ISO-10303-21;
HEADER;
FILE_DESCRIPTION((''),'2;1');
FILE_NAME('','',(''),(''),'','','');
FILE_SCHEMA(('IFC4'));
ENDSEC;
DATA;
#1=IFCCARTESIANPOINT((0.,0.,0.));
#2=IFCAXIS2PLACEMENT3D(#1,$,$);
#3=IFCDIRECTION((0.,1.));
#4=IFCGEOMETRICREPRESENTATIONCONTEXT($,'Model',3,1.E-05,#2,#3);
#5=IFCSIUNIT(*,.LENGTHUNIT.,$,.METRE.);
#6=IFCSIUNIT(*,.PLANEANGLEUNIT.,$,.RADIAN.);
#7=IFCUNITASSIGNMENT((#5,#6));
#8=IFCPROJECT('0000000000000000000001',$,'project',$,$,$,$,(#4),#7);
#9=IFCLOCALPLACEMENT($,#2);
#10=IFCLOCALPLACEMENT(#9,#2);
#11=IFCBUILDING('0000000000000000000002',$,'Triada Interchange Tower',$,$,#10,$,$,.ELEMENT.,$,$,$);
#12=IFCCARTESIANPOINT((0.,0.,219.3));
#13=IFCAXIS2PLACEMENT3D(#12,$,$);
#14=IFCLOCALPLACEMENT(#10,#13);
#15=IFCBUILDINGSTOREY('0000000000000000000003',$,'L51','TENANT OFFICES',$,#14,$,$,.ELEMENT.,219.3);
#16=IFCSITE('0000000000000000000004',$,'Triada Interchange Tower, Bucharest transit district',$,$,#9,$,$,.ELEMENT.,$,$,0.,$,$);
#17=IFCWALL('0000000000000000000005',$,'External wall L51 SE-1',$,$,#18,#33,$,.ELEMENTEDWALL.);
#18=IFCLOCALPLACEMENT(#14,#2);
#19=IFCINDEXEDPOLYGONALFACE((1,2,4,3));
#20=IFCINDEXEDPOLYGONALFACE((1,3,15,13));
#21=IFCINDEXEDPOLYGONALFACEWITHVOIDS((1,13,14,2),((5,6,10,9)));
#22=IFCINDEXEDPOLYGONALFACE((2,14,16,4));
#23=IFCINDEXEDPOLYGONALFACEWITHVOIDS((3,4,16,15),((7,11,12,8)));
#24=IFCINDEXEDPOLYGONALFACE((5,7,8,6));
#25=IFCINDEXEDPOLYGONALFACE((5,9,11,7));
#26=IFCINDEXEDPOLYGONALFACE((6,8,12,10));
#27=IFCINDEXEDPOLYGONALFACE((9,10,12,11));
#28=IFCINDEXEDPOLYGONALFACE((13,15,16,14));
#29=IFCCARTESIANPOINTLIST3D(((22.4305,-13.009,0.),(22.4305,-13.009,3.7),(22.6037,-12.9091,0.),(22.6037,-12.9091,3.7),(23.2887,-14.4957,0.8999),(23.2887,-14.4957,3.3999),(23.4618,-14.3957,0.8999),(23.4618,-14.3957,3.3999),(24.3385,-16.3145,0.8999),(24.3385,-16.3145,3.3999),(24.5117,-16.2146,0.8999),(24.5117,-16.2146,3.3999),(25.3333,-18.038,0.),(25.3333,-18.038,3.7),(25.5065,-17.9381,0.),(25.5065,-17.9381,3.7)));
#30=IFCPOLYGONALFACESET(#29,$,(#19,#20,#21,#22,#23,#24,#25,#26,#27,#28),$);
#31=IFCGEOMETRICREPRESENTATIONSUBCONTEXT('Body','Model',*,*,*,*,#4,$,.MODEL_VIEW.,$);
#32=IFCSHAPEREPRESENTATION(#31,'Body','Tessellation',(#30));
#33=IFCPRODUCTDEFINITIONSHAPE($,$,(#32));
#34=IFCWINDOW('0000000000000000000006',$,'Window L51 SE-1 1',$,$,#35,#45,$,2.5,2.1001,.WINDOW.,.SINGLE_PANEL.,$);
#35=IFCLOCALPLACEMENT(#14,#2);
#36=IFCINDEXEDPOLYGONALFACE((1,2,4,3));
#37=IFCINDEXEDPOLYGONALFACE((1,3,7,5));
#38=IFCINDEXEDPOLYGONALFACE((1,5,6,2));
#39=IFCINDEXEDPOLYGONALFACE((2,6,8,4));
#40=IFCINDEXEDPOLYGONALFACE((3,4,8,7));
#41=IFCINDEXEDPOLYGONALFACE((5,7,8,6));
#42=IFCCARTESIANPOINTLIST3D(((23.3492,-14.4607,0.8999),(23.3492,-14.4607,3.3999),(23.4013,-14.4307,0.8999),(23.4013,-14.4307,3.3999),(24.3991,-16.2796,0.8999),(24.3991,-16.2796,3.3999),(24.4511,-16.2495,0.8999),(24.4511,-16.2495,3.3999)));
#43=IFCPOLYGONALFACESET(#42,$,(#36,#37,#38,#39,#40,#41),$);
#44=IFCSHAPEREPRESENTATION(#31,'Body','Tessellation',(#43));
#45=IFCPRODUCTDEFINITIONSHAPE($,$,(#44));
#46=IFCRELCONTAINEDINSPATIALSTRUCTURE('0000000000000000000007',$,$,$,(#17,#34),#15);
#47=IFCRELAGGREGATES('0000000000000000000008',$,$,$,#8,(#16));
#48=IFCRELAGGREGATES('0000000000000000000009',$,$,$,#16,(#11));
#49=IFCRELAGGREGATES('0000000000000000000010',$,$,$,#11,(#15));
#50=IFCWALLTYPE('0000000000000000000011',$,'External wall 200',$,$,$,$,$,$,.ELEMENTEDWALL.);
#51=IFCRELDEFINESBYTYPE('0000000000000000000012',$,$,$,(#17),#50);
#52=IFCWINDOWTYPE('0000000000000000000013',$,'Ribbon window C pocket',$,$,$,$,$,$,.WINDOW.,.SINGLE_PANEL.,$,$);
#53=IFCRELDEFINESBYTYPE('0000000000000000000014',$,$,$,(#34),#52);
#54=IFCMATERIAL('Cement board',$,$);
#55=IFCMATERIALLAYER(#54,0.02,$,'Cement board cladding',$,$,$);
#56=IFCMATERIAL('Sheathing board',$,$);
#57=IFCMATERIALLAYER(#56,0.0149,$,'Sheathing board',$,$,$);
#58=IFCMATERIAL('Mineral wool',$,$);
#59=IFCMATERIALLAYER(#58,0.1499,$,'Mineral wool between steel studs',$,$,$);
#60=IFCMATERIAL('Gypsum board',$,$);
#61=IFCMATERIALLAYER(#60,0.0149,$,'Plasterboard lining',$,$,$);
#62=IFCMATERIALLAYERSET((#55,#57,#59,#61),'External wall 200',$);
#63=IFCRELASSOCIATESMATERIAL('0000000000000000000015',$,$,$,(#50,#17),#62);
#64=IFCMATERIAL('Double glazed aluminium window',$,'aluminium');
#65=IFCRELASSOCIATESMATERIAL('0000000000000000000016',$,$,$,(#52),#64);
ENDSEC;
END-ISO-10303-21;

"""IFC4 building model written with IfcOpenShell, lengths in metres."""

from ifc_helpers import new_model, si_unit, direction, frame, frame_2d, origin, place, context, subcontext, project, spatial, rectangle, extrude, material, layer, layer_set, layer_usage, type_object, element, fill, save


model = new_model("IFC4")

# Units and contexts
model_context = context("Model", 3, precision=1e-05, world=origin(), true_north=direction((0.0, 1.0)))
body_context = subcontext(model_context, "Body", "Model", "MODEL_VIEW")
ifc_project = project(units=[si_unit("LENGTHUNIT", "METRE"), si_unit("PLANEANGLEUNIT", "RADIAN")], contexts=[model_context])

# Site, building, storey
site_placement = place(None, origin())
site = spatial("IfcSite", under=ifc_project, at=site_placement, Name="Triada Interchange Tower, Bucharest transit district", CompositionType="ELEMENT", RefElevation=0.0)
building_placement = place(site_placement, origin())
building = spatial("IfcBuilding", under=site, at=building_placement, Name="Triada Interchange Tower", CompositionType="ELEMENT")
storey_placement = place(building_placement, frame((0.0, 0.0, 219.3)))
storey = spatial("IfcBuildingStorey", under=building, at=storey_placement, Name="L51", Description="TENANT OFFICES", CompositionType="ELEMENT", Elevation=219.3)

# Wall, opening, window
ifc_material_1 = material(Name="Cement board")
ifc_layer_1 = layer(ifc_material_1, 0.02, Name="Cement board cladding")
ifc_material_2 = material(Name="Sheathing board")
ifc_layer_2 = layer(ifc_material_2, 0.0149, Name="Sheathing board")
ifc_material_3 = material(Name="Mineral wool")
ifc_layer_3 = layer(ifc_material_3, 0.1499, Name="Mineral wool between steel studs")
ifc_material_4 = material(Name="Gypsum board")
ifc_layer_4 = layer(ifc_material_4, 0.0149, Name="Plasterboard lining")
ifc_layer_set_1 = layer_set([ifc_layer_1, ifc_layer_2, ifc_layer_3, ifc_layer_4], Name="External wall 200")
ifc_layer_usage = layer_usage(ifc_layer_set_1, "AXIS2", "POSITIVE", -0.1001)
wall_type = type_object("IfcWallType", Name="External wall 200", PredefinedType="ELEMENTEDWALL", material=ifc_layer_set_1)
wall_1_placement = place(storey_placement, frame((25.4199, -17.988, 0.0), z_axis=(0.0, 0.0, 1.0), x_axis=(-0.49991, 0.866077, 0.0)))
wall_1 = element("IfcWall", 1, at=wall_1_placement, inside=storey, type_object=wall_type, material=ifc_layer_usage, Name="External wall L51 SE-1", PredefinedType="ELEMENTEDWALL", context=body_context, shape_type="SweptSolid", body=[
    extrude(rectangle(XDim=5.8066, YDim=0.2, at=frame_2d((2.9033, 0.0))), origin(), (0.0, 0.0, 1.0), 3.7),
])
opening_1_placement = place(wall_1_placement, frame((1.99, 0.0, 0.8999)))
opening_1 = element("IfcOpeningElement", 2, at=opening_1_placement, cuts=wall_1, PredefinedType="OPENING", context=body_context, shape_type="SweptSolid", body=[
    extrude(rectangle(XDim=2.1001, YDim=2.5, at=frame_2d((1.05, 1.25))), frame((0.0, 0.1099, 0.0), z_axis=(0.0, -1.0, 0.0), x_axis=(1.0, 0.0, 0.0)), (0.0, 0.0, 1.0), 0.22),
])
ifc_material_5 = material(Name="Double glazed aluminium window", Category="aluminium")
window_type_1 = type_object("IfcWindowType", Name="Ribbon window C pocket", PartitioningType="SINGLE_PANEL", PredefinedType="WINDOW", material=ifc_material_5)
window_1_placement = place(opening_1_placement, origin())
window_1 = element("IfcWindow", 3, at=window_1_placement, inside=storey, type_object=window_type_1, Name="Window L51 SE-1 1", OverallHeight=2.5, OverallWidth=2.1001, PartitioningType="SINGLE_PANEL", PredefinedType="WINDOW", context=body_context, shape_type="SweptSolid", body=[
    extrude(rectangle(XDim=2.1001, YDim=2.5, at=frame_2d((1.05, 1.25))), frame((0.0, 0.03, 0.0), z_axis=(0.0, -1.0, 0.0), x_axis=(1.0, 0.0, 0.0)), (0.0, 0.0, 1.0), 0.0601),
])
fill(opening_1, window_1)

save(model, "model.ifc")
